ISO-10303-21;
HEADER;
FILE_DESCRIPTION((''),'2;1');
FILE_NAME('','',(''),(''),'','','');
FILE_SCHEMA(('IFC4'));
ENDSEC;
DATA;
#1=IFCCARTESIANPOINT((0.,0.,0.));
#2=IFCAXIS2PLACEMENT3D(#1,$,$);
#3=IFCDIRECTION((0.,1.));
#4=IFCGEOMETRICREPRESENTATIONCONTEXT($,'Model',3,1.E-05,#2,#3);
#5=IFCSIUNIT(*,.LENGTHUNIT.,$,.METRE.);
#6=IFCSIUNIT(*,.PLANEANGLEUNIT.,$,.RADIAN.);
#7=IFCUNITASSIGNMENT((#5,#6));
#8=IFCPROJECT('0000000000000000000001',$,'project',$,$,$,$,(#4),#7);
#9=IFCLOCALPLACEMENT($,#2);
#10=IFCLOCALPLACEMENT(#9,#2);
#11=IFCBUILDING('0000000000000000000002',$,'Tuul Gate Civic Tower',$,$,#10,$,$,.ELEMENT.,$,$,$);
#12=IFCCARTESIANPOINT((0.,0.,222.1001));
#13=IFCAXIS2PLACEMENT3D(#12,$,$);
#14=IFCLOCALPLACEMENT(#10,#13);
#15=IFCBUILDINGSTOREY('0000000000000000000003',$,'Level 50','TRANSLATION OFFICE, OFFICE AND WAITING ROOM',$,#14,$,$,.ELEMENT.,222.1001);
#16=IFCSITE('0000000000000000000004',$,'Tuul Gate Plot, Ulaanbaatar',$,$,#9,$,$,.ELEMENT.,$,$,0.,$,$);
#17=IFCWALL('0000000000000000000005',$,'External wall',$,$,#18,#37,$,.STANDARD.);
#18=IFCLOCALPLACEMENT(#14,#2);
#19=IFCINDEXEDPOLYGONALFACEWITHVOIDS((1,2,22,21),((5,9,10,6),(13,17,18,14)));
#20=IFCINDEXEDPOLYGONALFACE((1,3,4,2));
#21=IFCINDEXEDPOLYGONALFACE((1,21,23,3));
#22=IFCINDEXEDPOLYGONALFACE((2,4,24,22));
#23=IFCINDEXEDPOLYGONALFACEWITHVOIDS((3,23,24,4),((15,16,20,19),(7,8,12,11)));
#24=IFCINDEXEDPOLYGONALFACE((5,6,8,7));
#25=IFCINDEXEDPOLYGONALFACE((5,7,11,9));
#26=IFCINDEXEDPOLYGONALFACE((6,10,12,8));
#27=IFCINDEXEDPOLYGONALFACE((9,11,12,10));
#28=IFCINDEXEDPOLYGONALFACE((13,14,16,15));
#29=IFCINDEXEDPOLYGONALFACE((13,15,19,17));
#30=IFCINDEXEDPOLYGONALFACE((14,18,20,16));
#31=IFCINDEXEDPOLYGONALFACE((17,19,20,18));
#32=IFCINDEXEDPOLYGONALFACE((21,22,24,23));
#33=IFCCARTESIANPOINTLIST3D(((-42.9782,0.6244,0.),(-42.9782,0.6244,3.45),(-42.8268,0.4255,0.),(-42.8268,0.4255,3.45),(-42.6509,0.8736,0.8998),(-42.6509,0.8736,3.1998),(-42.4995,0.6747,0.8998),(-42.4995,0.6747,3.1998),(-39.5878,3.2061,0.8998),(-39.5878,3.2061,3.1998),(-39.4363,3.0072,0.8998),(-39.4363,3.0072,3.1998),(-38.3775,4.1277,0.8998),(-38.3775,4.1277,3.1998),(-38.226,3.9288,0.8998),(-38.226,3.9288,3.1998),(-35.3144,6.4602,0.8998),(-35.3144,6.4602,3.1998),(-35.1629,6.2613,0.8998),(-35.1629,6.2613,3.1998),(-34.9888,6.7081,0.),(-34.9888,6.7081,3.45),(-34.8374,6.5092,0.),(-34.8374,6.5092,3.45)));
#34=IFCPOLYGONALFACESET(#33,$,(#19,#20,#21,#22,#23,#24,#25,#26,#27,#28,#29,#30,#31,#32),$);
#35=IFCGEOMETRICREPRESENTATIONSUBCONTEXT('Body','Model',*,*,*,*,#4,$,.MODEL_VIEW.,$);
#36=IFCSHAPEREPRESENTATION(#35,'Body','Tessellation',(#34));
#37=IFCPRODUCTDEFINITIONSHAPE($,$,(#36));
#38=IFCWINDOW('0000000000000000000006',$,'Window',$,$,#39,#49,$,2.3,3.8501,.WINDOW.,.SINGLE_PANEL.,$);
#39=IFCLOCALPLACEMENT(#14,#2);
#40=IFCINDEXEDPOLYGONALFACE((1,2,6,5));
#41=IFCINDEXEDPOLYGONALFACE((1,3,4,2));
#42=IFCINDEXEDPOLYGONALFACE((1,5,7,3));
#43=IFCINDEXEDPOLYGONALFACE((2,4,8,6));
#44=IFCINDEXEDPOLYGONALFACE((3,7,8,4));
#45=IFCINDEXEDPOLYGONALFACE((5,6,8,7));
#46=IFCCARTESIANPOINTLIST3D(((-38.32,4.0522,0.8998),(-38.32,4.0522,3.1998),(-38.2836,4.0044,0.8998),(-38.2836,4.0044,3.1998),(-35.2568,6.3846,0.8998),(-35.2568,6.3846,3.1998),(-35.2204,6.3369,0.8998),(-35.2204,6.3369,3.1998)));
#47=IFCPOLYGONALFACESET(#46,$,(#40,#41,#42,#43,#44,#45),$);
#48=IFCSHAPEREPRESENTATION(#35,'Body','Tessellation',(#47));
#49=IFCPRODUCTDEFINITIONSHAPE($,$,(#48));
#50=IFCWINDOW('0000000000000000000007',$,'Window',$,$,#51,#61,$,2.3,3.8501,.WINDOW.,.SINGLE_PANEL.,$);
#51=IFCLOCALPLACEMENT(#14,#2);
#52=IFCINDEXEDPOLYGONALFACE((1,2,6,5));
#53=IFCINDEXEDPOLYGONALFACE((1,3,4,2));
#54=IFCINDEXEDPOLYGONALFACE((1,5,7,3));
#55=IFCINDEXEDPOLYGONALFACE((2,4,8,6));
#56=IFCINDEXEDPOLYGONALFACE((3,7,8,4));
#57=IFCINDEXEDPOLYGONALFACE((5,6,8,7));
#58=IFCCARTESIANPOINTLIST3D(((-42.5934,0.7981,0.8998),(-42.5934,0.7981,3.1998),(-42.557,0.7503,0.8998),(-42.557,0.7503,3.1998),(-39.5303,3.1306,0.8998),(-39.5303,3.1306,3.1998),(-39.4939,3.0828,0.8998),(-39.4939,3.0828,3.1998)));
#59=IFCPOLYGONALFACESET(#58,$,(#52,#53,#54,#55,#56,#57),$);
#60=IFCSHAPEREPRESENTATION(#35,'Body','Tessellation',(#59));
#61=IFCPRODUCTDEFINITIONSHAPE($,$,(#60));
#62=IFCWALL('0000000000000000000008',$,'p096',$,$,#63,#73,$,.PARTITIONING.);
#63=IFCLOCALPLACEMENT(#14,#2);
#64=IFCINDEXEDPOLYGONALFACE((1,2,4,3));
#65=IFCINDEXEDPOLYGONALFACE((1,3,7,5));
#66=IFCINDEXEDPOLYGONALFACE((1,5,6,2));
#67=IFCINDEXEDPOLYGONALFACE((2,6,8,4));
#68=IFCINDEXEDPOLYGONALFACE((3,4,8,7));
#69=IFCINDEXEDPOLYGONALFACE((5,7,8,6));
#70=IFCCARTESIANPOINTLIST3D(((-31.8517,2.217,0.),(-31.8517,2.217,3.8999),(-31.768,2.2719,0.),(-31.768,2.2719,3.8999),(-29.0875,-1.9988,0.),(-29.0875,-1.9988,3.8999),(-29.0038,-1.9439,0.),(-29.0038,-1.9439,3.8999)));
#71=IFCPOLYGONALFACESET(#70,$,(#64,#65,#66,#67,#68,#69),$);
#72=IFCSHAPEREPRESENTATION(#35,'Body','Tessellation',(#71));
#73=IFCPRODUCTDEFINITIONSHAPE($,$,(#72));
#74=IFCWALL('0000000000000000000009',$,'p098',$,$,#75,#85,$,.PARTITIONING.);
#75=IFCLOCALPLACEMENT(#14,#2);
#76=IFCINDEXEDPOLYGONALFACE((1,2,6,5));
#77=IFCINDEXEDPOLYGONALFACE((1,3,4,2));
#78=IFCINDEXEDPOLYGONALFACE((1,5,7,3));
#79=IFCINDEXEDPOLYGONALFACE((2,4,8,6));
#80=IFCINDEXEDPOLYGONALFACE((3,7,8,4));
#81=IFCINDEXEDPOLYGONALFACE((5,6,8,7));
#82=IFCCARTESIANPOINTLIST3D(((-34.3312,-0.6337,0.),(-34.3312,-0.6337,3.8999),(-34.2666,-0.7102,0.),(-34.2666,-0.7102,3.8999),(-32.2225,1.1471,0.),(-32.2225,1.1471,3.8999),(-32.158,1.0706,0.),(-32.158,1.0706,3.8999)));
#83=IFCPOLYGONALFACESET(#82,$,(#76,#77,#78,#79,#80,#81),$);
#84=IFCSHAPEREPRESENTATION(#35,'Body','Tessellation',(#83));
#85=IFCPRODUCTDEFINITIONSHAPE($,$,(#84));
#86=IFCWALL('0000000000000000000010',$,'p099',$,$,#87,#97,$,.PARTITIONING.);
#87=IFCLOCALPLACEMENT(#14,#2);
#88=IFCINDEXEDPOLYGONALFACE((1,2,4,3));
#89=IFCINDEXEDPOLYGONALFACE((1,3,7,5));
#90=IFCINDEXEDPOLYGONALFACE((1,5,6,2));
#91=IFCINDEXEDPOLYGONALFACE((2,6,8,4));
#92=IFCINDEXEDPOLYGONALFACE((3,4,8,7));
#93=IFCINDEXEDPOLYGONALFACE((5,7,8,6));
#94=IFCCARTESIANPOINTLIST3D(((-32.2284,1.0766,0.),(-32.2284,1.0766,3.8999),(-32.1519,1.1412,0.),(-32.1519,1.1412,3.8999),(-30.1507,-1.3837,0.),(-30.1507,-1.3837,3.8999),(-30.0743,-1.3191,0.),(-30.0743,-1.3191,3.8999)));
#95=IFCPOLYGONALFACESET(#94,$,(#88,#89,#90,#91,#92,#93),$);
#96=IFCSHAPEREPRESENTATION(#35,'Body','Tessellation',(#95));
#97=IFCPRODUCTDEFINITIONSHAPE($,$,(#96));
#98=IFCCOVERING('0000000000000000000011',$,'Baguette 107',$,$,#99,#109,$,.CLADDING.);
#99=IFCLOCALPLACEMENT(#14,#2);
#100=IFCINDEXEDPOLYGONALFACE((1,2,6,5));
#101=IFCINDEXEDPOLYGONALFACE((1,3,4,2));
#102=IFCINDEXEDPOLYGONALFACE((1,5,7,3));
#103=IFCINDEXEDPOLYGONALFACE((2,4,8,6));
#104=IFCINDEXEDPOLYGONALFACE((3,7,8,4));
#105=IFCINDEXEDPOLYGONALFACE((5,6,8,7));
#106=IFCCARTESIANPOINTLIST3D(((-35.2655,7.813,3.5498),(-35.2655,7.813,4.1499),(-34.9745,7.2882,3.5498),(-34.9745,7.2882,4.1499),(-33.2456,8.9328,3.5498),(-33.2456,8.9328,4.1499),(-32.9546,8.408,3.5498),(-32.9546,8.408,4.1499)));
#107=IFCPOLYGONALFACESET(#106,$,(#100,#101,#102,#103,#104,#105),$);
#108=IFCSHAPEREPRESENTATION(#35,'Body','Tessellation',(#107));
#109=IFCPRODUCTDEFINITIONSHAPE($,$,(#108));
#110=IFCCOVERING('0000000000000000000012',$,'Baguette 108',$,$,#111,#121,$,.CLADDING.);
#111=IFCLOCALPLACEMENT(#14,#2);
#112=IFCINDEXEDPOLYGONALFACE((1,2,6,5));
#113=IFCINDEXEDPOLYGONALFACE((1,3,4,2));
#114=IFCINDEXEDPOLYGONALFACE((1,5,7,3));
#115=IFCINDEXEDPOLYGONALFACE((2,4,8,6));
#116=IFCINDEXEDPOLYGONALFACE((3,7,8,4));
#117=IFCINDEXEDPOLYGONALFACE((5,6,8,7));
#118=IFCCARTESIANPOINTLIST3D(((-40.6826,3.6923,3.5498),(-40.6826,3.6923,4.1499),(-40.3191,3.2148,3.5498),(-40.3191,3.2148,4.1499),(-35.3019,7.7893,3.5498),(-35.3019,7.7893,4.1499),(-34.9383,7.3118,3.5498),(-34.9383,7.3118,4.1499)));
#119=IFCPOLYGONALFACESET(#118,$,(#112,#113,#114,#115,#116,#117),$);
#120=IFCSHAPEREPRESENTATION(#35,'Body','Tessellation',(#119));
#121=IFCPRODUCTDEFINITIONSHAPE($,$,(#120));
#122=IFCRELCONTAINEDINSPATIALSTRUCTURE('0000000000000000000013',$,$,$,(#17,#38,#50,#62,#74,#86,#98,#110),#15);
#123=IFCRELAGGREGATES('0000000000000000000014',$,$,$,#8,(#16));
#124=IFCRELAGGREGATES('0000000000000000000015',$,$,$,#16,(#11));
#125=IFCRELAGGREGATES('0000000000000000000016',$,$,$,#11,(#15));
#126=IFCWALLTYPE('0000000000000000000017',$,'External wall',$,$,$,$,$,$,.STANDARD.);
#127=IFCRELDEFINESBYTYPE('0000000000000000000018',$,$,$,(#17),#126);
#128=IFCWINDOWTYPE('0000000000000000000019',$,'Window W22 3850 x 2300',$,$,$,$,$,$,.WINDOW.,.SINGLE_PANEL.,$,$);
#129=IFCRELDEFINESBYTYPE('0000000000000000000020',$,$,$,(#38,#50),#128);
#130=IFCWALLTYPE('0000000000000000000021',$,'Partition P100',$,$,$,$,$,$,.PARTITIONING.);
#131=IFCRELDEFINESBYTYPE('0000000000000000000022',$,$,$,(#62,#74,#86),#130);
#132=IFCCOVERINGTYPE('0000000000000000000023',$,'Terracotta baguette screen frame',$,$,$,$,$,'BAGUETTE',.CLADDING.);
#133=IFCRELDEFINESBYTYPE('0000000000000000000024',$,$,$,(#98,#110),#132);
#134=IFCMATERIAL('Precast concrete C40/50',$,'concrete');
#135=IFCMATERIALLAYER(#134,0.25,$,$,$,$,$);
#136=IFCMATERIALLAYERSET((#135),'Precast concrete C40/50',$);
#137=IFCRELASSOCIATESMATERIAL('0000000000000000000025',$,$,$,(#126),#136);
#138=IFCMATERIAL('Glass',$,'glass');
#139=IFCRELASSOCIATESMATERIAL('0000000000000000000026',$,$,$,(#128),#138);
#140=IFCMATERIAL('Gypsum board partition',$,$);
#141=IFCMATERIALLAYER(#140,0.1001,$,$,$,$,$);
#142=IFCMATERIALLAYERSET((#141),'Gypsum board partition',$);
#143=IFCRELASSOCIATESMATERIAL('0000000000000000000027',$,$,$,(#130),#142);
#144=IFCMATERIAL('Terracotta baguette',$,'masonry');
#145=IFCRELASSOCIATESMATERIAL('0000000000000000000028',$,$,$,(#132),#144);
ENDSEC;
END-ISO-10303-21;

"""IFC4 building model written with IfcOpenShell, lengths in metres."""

from ifc_helpers import new_model, si_unit, direction, frame, frame_2d, origin, origin_2d, place, context, subcontext, project, spatial, rectangle, extrude, material, layer, layer_set, material_profile, profile_set, type_object, element, fill, save


model = new_model("IFC4")

# Units and contexts
model_context = context("Model", 3, precision=1e-05, world=origin(), true_north=direction((0.0, 1.0)))
body_context = subcontext(model_context, "Body", "Model", "MODEL_VIEW")
ifc_project = project(units=[si_unit("LENGTHUNIT", "METRE"), si_unit("PLANEANGLEUNIT", "RADIAN")], contexts=[model_context])

# Site, building, storey
site_placement = place(None, origin())
site = spatial("IfcSite", under=ifc_project, at=site_placement, Name="Tuul Gate Plot, Ulaanbaatar", CompositionType="ELEMENT", RefElevation=0.0)
building_placement = place(site_placement, origin())
building = spatial("IfcBuilding", under=site, at=building_placement, Name="Tuul Gate Civic Tower", CompositionType="ELEMENT")
storey_placement = place(building_placement, frame((0.0, 0.0, 222.1001)))
storey = spatial("IfcBuildingStorey", under=building, at=storey_placement, Name="Level 50", Description="TRANSLATION OFFICE, OFFICE AND WAITING ROOM", CompositionType="ELEMENT", Elevation=222.1001)

# Wall, openings, windows
ifc_material_1 = material(Name="Precast concrete C40/50", Category="concrete")
ifc_layer_1 = layer(ifc_material_1, 0.25)
ifc_layer_set_1 = layer_set([ifc_layer_1], Name="Precast concrete C40/50")
wall_type_1 = type_object("IfcWallType", Name="External wall", PredefinedType="STANDARD", material=ifc_layer_set_1)
wall_1_placement = place(storey_placement, frame((-34.9131, 6.6086, 0.0), z_axis=(0.0, 0.0, 1.0), x_axis=(-0.7956, -0.605823, 0.0)))
wall_1 = element("IfcWall", 1, at=wall_1_placement, inside=storey, type_object=wall_type_1, Name="External wall", PredefinedType="STANDARD", context=body_context, shape_type="SweptSolid", body=[
    extrude(rectangle(XDim=10.042, YDim=0.25, at=frame_2d((5.021, 0.0))), origin(), (0.0, 0.0, 1.0), 3.45),
])
opening_1_placement = place(wall_1_placement, frame((0.4092, 0.0, 0.8999)))
opening_1 = element("IfcOpeningElement", 2, at=opening_1_placement, cuts=wall_1, PredefinedType="OPENING", context=body_context, shape_type="SweptSolid", body=[
    extrude(rectangle(XDim=3.8501, YDim=2.3, at=frame_2d((1.925, 1.1499))), frame((0.0, 0.135, 0.0), z_axis=(0.0, -1.0, 0.0), x_axis=(1.0, 0.0, 0.0)), (0.0, 0.0, 1.0), 0.27),
])
opening_2_placement = place(wall_1_placement, frame((5.7805, 0.0, 0.8999)))
opening_2 = element("IfcOpeningElement", 3, at=opening_2_placement, cuts=wall_1, PredefinedType="OPENING", context=body_context, shape_type="SweptSolid", body=[
    extrude(rectangle(XDim=3.8501, YDim=2.3, at=frame_2d((1.925, 1.1499))), frame((0.0, 0.135, 0.0), z_axis=(0.0, -1.0, 0.0), x_axis=(1.0, 0.0, 0.0)), (0.0, 0.0, 1.0), 0.27),
])
ifc_material_2 = material(Name="Glass", Category="glass")
window_type = type_object("IfcWindowType", Name="Window W22 3850 x 2300", PartitioningType="SINGLE_PANEL", PredefinedType="WINDOW", material=ifc_material_2)
window_1_placement = place(opening_1_placement, origin())
window_1 = element("IfcWindow", 4, at=window_1_placement, inside=storey, type_object=window_type, Name="Window", OverallHeight=2.3, OverallWidth=3.8501, PartitioningType="SINGLE_PANEL", PredefinedType="WINDOW", context=body_context, shape_type="SweptSolid", body=[
    extrude(rectangle(XDim=3.8501, YDim=2.3, at=frame_2d((1.925, 1.1499))), frame((0.0, 0.03, 0.0), z_axis=(0.0, -1.0, 0.0), x_axis=(1.0, 0.0, 0.0)), (0.0, 0.0, 1.0), 0.0601),
])
fill(opening_1, window_1)
window_2_placement = place(opening_2_placement, origin())
window_2 = element("IfcWindow", 5, at=window_2_placement, inside=storey, type_object=window_type, Name="Window", OverallHeight=2.3, OverallWidth=3.8501, PartitioningType="SINGLE_PANEL", PredefinedType="WINDOW", context=body_context, shape_type="SweptSolid", body=[
    extrude(rectangle(XDim=3.8501, YDim=2.3, at=frame_2d((1.925, 1.1499))), frame((0.0, 0.03, 0.0), z_axis=(0.0, -1.0, 0.0), x_axis=(1.0, 0.0, 0.0)), (0.0, 0.0, 1.0), 0.0601),
])
fill(opening_2, window_2)

# Walls
ifc_material_3 = material(Name="Gypsum board partition")
ifc_layer_2 = layer(ifc_material_3, 0.1001)
ifc_layer_set_2 = layer_set([ifc_layer_2], Name="Gypsum board partition")
wall_type_2 = type_object("IfcWallType", Name="Partition P100", PredefinedType="PARTITIONING", material=ifc_layer_set_2)
wall_2_placement = place(storey_placement, frame((-31.8098, 2.2444, 0.0), z_axis=(0.0, 0.0, 1.0), x_axis=(0.548314, -0.836273, 0.0)))
element("IfcWall", 6, at=wall_2_placement, inside=storey, type_object=wall_type_2, Name="p096", PredefinedType="PARTITIONING", context=body_context, shape_type="SweptSolid", body=[
    extrude(rectangle(XDim=5.0413, YDim=0.1001, at=frame_2d((2.5205, 0.0))), origin(), (0.0, 0.0, 1.0), 3.8999),
])
wall_3_placement = place(storey_placement, frame((-34.2988, -0.6719, 0.0), z_axis=(0.0, 0.0, 1.0), x_axis=(0.764007, 0.645208, 0.0)))
element("IfcWall", 7, at=wall_3_placement, inside=storey, type_object=wall_type_2, Name="p098", PredefinedType="PARTITIONING", context=body_context, shape_type="SweptSolid", body=[
    extrude(rectangle(XDim=2.76, YDim=0.1001, at=frame_2d((1.3799, 0.0))), origin(), (0.0, 0.0, 1.0), 3.8999),
])
wall_4_placement = place(storey_placement, frame((-32.1902, 1.1089, 0.0), z_axis=(0.0, 0.0, 1.0), x_axis=(0.645204, -0.76401, 0.0)))
element("IfcWall", 8, at=wall_4_placement, inside=storey, type_object=wall_type_2, Name="p099", PredefinedType="PARTITIONING", context=body_context, shape_type="SweptSolid", body=[
    extrude(rectangle(XDim=3.2202, YDim=0.1001, at=frame_2d((1.6101, 0.0))), origin(), (0.0, 0.0, 1.0), 3.8999),
])

# Coverings
ifc_material_4 = material(Name="Terracotta baguette", Category="masonry")
ifc_material_profile_1 = material_profile(ifc_material_4, rectangle(XDim=0.6001, YDim=0.6001, at=origin_2d()), Name="Terracotta baguette screen frame")
ifc_profile_set_1 = profile_set([ifc_material_profile_1], Name="Terracotta baguette")
covering_type = type_object("IfcCoveringType", Name="Terracotta baguette screen frame", ElementType="BAGUETTE", PredefinedType="CLADDING", material=ifc_profile_set_1)
covering_1_placement = place(storey_placement, frame((-33.1001, 8.6704, 3.8499), z_axis=(-0.874591, -0.484862, 0.0), x_axis=(0.484862, -0.874591, 0.0)))
element("IfcCovering", 9, at=covering_1_placement, inside=storey, type_object=covering_type, Name="Baguette 107", PredefinedType="CLADDING", context=body_context, shape_type="SweptSolid", body=[
    extrude(rectangle(XDim=0.6001, YDim=0.6001, at=origin_2d()), origin(), (0.0, 0.0, 1.0), 2.3096),
])
covering_2_placement = place(storey_placement, frame((-35.1201, 7.5505, 3.8499), z_axis=(-0.795616, -0.605801, 0.0), x_axis=(0.605801, -0.795616, 0.0)))
element("IfcCovering", 10, at=covering_2_placement, inside=storey, type_object=covering_type, Name="Baguette 108", PredefinedType="CLADDING", context=body_context, shape_type="SweptSolid", body=[
    extrude(rectangle(XDim=0.6001, YDim=0.6001, at=origin_2d()), origin(), (0.0, 0.0, 1.0), 6.7629),
])

save(model, "model.ifc")
